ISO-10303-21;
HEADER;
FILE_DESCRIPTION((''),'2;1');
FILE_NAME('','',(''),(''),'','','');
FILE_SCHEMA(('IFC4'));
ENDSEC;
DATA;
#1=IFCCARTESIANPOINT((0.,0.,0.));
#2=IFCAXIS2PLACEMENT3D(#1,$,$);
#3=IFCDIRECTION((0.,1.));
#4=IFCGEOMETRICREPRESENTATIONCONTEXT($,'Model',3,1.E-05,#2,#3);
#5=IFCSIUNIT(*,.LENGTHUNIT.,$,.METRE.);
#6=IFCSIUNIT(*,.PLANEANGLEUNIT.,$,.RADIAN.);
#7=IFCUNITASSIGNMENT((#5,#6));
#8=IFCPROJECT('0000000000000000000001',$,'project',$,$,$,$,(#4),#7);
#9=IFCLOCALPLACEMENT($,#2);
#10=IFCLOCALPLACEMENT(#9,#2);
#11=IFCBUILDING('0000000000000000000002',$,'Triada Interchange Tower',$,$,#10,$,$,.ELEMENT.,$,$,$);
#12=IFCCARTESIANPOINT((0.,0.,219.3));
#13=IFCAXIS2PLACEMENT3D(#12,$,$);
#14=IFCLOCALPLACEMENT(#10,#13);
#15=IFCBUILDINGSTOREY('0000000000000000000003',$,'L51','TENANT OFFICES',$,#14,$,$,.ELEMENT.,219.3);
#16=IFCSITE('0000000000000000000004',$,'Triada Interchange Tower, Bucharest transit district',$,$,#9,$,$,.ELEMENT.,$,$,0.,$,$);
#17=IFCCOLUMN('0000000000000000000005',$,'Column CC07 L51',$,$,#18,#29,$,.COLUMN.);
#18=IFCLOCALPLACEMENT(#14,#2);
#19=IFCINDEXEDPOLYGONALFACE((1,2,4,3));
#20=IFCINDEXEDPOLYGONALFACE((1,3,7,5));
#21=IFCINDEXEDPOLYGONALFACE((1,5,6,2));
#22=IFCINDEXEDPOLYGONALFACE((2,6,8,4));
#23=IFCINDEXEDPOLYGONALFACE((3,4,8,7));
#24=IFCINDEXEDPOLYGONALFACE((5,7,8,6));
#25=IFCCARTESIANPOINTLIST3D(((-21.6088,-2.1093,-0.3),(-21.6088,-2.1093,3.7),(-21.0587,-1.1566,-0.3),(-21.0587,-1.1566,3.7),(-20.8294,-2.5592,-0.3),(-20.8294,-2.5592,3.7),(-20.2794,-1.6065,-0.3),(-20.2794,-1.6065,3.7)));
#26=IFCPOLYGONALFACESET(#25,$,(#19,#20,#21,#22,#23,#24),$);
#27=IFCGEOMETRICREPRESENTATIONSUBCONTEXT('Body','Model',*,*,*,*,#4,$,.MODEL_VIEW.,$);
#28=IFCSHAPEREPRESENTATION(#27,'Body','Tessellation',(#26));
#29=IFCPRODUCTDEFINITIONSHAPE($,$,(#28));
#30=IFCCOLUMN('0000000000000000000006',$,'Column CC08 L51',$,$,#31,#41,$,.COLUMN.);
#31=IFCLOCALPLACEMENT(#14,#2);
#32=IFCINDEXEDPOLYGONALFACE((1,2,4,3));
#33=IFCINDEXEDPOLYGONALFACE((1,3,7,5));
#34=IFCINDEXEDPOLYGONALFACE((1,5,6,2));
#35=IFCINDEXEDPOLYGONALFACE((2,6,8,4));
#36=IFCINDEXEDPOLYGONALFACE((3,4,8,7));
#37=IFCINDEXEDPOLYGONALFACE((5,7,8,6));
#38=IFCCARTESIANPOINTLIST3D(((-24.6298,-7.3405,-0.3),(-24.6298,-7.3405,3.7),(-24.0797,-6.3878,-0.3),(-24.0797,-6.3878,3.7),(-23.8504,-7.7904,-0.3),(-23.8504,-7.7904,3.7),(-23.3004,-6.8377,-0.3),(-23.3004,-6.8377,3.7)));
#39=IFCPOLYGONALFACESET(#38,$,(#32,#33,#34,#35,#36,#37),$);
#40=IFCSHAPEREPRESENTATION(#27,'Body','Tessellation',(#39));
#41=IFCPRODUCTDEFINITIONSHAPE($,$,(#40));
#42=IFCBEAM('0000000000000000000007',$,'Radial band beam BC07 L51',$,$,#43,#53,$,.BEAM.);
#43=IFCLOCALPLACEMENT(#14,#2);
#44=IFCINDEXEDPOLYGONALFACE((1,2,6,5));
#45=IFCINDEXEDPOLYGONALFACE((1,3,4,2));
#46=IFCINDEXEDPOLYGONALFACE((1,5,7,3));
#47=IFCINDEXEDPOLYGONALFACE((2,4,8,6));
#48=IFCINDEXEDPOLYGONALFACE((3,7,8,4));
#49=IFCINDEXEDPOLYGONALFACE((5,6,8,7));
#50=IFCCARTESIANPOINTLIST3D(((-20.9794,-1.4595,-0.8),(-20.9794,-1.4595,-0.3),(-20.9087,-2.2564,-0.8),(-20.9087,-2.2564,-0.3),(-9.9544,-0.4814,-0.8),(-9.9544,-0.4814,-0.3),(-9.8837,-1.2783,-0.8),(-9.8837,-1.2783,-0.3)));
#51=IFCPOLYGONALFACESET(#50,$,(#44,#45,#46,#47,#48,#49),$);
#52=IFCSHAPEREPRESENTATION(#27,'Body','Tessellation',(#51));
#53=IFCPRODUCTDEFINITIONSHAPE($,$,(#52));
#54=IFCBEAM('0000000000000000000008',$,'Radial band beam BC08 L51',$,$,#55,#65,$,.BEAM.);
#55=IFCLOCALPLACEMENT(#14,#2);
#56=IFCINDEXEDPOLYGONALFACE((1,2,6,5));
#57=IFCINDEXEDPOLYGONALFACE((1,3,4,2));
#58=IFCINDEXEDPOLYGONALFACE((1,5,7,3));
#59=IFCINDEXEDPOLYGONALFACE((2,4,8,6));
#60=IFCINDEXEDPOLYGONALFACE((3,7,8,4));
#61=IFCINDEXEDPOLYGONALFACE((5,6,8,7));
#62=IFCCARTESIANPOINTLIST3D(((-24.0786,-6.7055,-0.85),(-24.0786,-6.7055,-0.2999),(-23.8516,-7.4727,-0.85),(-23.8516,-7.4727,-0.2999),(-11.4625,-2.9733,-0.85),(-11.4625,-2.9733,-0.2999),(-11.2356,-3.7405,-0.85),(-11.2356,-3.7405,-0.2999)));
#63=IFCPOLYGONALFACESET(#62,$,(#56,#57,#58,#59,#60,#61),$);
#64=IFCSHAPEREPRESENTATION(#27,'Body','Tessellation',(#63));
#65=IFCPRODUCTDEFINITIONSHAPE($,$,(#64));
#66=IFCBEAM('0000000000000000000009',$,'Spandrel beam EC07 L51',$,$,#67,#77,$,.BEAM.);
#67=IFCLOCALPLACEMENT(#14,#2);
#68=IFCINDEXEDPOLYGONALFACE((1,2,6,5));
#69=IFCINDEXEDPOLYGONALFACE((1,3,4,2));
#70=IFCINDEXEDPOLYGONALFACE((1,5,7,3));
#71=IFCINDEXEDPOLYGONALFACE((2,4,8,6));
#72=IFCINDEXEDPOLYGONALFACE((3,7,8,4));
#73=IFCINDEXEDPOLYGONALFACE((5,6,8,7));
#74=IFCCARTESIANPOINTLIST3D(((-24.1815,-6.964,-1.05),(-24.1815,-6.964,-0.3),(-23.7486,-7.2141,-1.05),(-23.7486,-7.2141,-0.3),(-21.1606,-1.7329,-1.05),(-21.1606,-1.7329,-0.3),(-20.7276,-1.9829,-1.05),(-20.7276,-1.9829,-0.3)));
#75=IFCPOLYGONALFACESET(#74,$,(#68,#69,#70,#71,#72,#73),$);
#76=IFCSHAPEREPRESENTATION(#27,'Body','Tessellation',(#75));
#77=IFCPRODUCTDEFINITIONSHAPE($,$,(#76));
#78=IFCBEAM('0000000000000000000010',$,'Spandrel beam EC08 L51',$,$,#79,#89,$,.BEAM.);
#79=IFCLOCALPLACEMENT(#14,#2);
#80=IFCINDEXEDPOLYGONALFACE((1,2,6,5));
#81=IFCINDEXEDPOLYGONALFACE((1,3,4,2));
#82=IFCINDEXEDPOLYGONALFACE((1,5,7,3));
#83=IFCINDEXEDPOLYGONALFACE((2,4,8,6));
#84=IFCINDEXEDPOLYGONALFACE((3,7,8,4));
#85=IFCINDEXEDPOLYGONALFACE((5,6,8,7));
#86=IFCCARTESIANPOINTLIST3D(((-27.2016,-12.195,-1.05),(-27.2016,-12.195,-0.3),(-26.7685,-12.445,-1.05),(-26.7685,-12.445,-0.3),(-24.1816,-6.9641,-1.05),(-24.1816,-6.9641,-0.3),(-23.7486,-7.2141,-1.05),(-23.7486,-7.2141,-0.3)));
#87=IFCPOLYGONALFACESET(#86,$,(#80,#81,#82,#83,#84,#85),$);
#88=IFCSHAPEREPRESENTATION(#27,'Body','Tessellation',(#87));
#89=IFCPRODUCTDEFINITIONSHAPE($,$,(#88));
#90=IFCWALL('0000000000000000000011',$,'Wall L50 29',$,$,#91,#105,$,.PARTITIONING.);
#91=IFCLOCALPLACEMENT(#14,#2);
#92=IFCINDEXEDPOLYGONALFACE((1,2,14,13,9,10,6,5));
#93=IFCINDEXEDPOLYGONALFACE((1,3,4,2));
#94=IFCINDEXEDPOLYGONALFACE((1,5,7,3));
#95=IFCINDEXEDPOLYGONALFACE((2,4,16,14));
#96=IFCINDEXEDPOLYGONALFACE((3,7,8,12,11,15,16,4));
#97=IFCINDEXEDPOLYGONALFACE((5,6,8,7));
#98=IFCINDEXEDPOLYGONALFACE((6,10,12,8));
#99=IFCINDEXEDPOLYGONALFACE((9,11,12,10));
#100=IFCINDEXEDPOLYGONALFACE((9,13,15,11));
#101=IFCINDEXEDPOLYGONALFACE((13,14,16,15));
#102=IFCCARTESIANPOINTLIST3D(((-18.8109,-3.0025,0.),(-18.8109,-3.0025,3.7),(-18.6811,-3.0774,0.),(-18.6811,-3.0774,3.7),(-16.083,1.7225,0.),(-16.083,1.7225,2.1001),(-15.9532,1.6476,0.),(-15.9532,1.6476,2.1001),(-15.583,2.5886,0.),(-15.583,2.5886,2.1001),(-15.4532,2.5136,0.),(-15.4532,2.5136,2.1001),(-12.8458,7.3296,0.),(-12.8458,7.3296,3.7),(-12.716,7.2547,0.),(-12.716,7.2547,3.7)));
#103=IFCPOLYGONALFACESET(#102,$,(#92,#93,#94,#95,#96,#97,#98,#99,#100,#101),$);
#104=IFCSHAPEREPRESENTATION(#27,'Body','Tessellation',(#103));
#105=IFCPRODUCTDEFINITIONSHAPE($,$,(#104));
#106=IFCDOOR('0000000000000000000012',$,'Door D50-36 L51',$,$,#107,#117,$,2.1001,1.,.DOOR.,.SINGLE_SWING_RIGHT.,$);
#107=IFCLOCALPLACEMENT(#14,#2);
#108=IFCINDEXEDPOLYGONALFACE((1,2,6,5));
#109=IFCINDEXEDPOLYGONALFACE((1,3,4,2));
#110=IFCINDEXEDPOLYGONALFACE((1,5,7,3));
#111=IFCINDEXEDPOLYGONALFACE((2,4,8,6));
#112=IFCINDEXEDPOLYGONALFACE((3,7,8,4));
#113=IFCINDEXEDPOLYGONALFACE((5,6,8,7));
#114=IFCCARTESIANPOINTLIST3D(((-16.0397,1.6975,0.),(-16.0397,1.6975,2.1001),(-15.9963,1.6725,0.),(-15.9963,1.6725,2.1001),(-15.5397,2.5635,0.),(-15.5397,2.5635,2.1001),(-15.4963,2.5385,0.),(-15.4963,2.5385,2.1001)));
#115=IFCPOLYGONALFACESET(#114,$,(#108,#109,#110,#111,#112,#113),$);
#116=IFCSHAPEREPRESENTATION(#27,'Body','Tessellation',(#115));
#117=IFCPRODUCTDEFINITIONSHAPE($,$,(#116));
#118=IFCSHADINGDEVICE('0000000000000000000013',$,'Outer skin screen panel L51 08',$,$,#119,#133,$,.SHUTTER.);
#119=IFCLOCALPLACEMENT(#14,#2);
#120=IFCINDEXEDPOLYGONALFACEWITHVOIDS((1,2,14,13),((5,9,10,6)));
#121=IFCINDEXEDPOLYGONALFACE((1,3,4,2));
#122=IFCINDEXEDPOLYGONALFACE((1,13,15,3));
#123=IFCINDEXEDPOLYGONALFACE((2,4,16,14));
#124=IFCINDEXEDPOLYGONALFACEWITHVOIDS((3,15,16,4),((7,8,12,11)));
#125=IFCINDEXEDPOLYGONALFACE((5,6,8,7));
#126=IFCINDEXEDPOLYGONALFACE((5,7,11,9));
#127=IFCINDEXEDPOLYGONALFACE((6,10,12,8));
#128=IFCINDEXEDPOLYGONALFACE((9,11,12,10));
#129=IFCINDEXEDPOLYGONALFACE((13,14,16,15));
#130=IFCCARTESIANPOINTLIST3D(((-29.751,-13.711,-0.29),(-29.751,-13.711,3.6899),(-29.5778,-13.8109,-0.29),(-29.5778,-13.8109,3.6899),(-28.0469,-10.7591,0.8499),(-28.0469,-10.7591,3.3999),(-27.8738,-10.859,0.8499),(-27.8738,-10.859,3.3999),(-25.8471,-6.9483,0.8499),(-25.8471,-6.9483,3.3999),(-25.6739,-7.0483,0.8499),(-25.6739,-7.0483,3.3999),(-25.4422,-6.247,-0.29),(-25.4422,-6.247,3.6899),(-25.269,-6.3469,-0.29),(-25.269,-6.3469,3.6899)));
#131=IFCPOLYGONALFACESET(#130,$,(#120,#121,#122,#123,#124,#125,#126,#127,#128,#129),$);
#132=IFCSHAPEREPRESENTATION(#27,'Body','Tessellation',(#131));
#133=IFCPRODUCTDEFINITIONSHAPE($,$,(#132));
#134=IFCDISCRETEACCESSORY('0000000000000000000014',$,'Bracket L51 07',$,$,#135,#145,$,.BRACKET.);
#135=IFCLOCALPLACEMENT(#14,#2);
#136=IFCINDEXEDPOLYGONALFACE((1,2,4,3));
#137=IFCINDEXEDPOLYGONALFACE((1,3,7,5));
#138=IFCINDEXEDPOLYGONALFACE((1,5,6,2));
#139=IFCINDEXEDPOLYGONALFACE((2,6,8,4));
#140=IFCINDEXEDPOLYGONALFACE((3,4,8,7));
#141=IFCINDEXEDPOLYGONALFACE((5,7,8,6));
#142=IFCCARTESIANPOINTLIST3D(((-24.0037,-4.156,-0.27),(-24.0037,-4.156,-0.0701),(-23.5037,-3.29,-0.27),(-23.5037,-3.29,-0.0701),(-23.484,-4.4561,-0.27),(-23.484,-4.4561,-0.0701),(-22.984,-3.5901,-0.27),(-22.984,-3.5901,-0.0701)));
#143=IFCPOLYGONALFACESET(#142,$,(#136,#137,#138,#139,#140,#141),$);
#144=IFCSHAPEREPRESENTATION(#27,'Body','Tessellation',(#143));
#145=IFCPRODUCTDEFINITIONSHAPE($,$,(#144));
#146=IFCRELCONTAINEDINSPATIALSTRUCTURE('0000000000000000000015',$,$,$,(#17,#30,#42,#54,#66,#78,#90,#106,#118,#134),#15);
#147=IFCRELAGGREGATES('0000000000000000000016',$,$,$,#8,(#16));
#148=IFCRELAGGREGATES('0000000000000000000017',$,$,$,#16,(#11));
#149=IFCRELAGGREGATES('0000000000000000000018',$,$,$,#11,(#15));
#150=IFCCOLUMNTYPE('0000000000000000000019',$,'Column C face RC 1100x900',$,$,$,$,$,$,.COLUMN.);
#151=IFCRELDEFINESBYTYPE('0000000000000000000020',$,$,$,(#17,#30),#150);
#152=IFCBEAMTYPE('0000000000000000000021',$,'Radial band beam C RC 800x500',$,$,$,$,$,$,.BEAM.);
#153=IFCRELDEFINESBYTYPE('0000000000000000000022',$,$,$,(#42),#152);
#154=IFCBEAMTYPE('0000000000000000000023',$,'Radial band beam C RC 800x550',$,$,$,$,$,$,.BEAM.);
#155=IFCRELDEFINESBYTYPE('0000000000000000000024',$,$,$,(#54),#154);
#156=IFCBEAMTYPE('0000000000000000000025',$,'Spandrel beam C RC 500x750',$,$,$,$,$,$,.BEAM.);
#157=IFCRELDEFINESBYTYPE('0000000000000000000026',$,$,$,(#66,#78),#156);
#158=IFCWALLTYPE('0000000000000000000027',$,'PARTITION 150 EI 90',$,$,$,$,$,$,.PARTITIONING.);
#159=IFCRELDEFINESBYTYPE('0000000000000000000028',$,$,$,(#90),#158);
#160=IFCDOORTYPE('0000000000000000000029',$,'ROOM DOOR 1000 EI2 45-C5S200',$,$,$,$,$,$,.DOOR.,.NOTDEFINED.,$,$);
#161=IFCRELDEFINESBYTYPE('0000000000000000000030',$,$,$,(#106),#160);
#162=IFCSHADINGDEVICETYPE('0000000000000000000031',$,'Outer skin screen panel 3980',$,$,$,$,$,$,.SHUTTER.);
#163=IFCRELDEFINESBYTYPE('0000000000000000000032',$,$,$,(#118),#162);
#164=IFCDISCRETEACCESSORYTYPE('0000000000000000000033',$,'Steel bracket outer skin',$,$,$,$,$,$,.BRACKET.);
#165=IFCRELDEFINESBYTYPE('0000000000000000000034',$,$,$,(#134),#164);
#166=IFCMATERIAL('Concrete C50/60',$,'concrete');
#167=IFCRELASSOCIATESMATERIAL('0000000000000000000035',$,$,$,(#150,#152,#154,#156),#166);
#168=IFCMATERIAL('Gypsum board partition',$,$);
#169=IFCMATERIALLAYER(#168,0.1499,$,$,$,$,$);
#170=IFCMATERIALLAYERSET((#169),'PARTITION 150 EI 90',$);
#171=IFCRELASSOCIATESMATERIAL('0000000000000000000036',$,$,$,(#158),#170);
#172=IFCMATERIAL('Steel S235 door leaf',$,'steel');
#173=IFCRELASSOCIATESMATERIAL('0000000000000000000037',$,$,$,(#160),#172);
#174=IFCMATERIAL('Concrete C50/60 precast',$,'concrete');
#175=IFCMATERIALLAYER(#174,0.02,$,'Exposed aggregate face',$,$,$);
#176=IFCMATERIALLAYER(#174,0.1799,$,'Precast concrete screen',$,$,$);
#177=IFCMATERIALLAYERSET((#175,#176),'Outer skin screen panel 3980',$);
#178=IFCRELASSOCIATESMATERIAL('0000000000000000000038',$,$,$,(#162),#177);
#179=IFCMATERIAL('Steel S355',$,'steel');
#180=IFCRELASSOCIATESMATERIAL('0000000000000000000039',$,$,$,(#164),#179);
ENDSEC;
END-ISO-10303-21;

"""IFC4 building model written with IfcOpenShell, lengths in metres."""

from ifc_helpers import new_model, si_unit, direction, frame, frame_2d, origin, origin_2d, place, context, subcontext, project, spatial, polyline, rectangle, outline, extrude, material, layer, layer_set, material_profile, profile_set, type_object, element, fill, save


model = new_model("IFC4")

# Units and contexts
model_context = context("Model", 3, precision=1e-05, world=origin(), true_north=direction((0.0, 1.0)))
body_context = subcontext(model_context, "Body", "Model", "MODEL_VIEW")
ifc_project = project(units=[si_unit("LENGTHUNIT", "METRE"), si_unit("PLANEANGLEUNIT", "RADIAN")], contexts=[model_context])

# Site, building, storey
site_placement = place(None, origin())
site = spatial("IfcSite", under=ifc_project, at=site_placement, Name="Triada Interchange Tower, Bucharest transit district", CompositionType="ELEMENT", RefElevation=0.0)
building_placement = place(site_placement, origin())
building = spatial("IfcBuilding", under=site, at=building_placement, Name="Triada Interchange Tower", CompositionType="ELEMENT")
storey_placement = place(building_placement, frame((0.0, 0.0, 219.3)))
storey = spatial("IfcBuildingStorey", under=building, at=storey_placement, Name="L51", Description="TENANT OFFICES", CompositionType="ELEMENT", Elevation=219.3)

# Columns
ifc_material_1 = material(Name="Concrete C50/60", Category="concrete")
ifc_material_profile_1 = material_profile(ifc_material_1, rectangle(XDim=1.1001, YDim=0.8999, at=origin_2d()), Name="RC 1100x900")
ifc_profile_set_1 = profile_set([ifc_material_profile_1], Name="Concrete C50/60")
column_type = type_object("IfcColumnType", Name="Column C face RC 1100x900", PredefinedType="COLUMN", material=ifc_profile_set_1)
for number, where, z_axis, x_axis, name in (
    (1, (-20.9441, -1.8579, -0.3), (0.0, 0.0, 1.0), (0.5, 0.866025, 0.0), "Column CC07 L51"),
    (2, (-23.9651, -7.0891, -0.3), (0.0, 0.0, 1.0), (0.5, 0.866025, 0.0), "Column CC08 L51"),
):
    element("IfcColumn", number, at=place(storey_placement, frame(where, z_axis=z_axis, x_axis=x_axis)), inside=storey, type_object=column_type, Name=name, PredefinedType="COLUMN", context=body_context, shape_type="SweptSolid", body=[
        extrude(rectangle(XDim=1.1001, YDim=0.8999, at=origin_2d()), origin(), (0.0, 0.0, 1.0), 4.0),
    ])

# Beams
ifc_material_profile_2 = material_profile(ifc_material_1, rectangle(XDim=0.8, YDim=0.5, at=origin_2d()), Name="RC 800x500")
ifc_profile_set_2 = profile_set([ifc_material_profile_2], Name="Concrete C50/60")
beam_type_1 = type_object("IfcBeamType", Name="Radial band beam C RC 800x500", PredefinedType="BEAM", material=ifc_profile_set_2)
beam_1_placement = place(storey_placement, frame((-20.9441, -1.8579, -0.55), z_axis=(0.996088, 0.088362, 0.0), x_axis=(-0.088362, 0.996088, 0.0)))
element("IfcBeam", 3, at=beam_1_placement, inside=storey, type_object=beam_type_1, Name="Radial band beam BC07 L51", PredefinedType="BEAM", context=body_context, shape_type="SweptSolid", body=[
    extrude(rectangle(XDim=0.8, YDim=0.5, at=origin_2d()), origin(), (0.0, 0.0, 1.0), 11.0684),
])
ifc_material_profile_3 = material_profile(ifc_material_1, rectangle(XDim=0.8, YDim=0.55, at=origin_2d()), Name="RC 800x550")
ifc_profile_set_3 = profile_set([ifc_material_profile_3], Name="Concrete C50/60")
beam_type_2 = type_object("IfcBeamType", Name="Radial band beam C RC 800x550", PredefinedType="BEAM", material=ifc_profile_set_3)
beam_2_placement = place(storey_placement, frame((-23.9651, -7.0891, -0.575), z_axis=(0.95892, 0.283677, 0.0), x_axis=(-0.283677, 0.95892, 0.0)))
element("IfcBeam", 4, at=beam_2_placement, inside=storey, type_object=beam_type_2, Name="Radial band beam BC08 L51", PredefinedType="BEAM", context=body_context, shape_type="SweptSolid", body=[
    extrude(rectangle(XDim=0.8, YDim=0.55, at=origin_2d()), origin(), (0.0, 0.0, 1.0), 13.1565),
])
ifc_material_profile_4 = material_profile(ifc_material_1, rectangle(XDim=0.5, YDim=0.75, at=origin_2d()), Name="RC 500x750")
ifc_profile_set_4 = profile_set([ifc_material_profile_4], Name="Concrete C50/60")
beam_type_3 = type_object("IfcBeamType", Name="Spandrel beam C RC 500x750", PredefinedType="BEAM", material=ifc_profile_set_4)
beam_3_placement = place(storey_placement, frame((-20.9441, -1.8579, -0.675), z_axis=(-0.500094, -0.865971, 0.0), x_axis=(0.865971, -0.500094, 0.0)))
element("IfcBeam", 5, at=beam_3_placement, inside=storey, type_object=beam_type_3, Name="Spandrel beam EC07 L51", PredefinedType="BEAM", context=body_context, shape_type="SweptSolid", body=[
    extrude(rectangle(XDim=0.5, YDim=0.75, at=origin_2d()), origin(), (0.0, 0.0, 1.0), 6.0408),
])
beam_4_placement = place(storey_placement, frame((-23.9651, -7.0891, -0.675), z_axis=(-0.499991, -0.866031, 0.0), x_axis=(0.866031, -0.499991, 0.0)))
element("IfcBeam", 6, at=beam_4_placement, inside=storey, type_object=beam_type_3, Name="Spandrel beam EC08 L51", PredefinedType="BEAM", context=body_context, shape_type="SweptSolid", body=[
    extrude(rectangle(XDim=0.5, YDim=0.75, at=origin_2d()), origin(), (0.0, 0.0, 1.0), 6.04),
])

# Wall, opening, door
ifc_material_2 = material(Name="Gypsum board partition")
ifc_layer_1 = layer(ifc_material_2, 0.1499)
ifc_layer_set_1 = layer_set([ifc_layer_1], Name="PARTITION 150 EI 90")
wall_type = type_object("IfcWallType", Name="PARTITION 150 EI 90", PredefinedType="PARTITIONING", material=ifc_layer_set_1)
wall_placement = place(storey_placement, frame((-18.7461, -3.04, 0.0), z_axis=(0.0, 0.0, 1.0), x_axis=(0.499993, 0.86603, 0.0)))
wall = element("IfcWall", 7, at=wall_placement, inside=storey, type_object=wall_type, Name="Wall L50 29", PredefinedType="PARTITIONING", context=body_context, shape_type="SweptSolid", body=[
    extrude(rectangle(XDim=11.9304, YDim=0.1499, at=frame_2d((5.9653, 0.0))), origin(), (0.0, 0.0, 1.0), 3.7),
])
opening_placement = place(wall_placement, frame((5.4561, 0.0, 0.0)))
opening = element("IfcOpeningElement", 8, at=opening_placement, cuts=wall, PredefinedType="OPENING", context=body_context, shape_type="SweptSolid", body=[
    extrude(rectangle(XDim=1.0, YDim=2.1001, at=frame_2d((0.5, 1.05))), frame((0.0, 0.085, 0.0), z_axis=(0.0, -1.0, 0.0), x_axis=(1.0, 0.0, 0.0)), (0.0, 0.0, 1.0), 0.1699),
])
ifc_material_3 = material(Name="Steel S235 door leaf", Category="steel")
door_type = type_object("IfcDoorType", Name="ROOM DOOR 1000 EI2 45-C5S200", OperationType="NOTDEFINED", PredefinedType="DOOR", material=ifc_material_3)
door_placement = place(opening_placement, origin())
door = element("IfcDoor", 9, at=door_placement, inside=storey, type_object=door_type, Name="Door D50-36 L51", OperationType="SINGLE_SWING_RIGHT", OverallHeight=2.1001, OverallWidth=1.0, PredefinedType="DOOR", context=body_context, shape_type="SweptSolid", body=[
    extrude(rectangle(XDim=1.0, YDim=2.1001, at=frame_2d((0.5, 1.05))), frame((0.0, 0.0249, 0.0), z_axis=(0.0, -1.0, 0.0), x_axis=(1.0, 0.0, 0.0)), (0.0, 0.0, 1.0), 0.05),
])
fill(opening, door)

# Shading device
ifc_material_4 = material(Name="Concrete C50/60 precast", Category="concrete")
ifc_layer_2 = layer(ifc_material_4, 0.02, Name="Exposed aggregate face")
ifc_layer_3 = layer(ifc_material_4, 0.1799, Name="Precast concrete screen")
ifc_layer_set_2 = layer_set([ifc_layer_2, ifc_layer_3], Name="Outer skin screen panel 3980")
shading_device_type = type_object("IfcShadingDeviceType", Name="Outer skin screen panel 3980", PredefinedType="SHUTTER", material=ifc_layer_set_2)
shading_device_placement = place(storey_placement, frame((-25.269, -6.3469, -0.29), z_axis=(0.0, 0.0, 1.0), x_axis=(-0.499951, -0.866054, 0.0)))
element("IfcShadingDevice", 10, at=shading_device_placement, inside=storey, type_object=shading_device_type, Name="Outer skin screen panel L51 08", PredefinedType="SHUTTER", context=body_context, shape_type="SweptSolid", body=[
    extrude(outline(polyline([(0.0, 0.0), (8.6184, 0.0), (8.6184, 3.98), (0.0, 3.98), (0.0, 0.0)]), holes=[polyline([(0.8098, 1.1399), (0.8098, 3.6899), (5.21, 3.6899), (5.21, 1.1399), (0.8098, 1.1399)])]), frame((0.0, 0.0, 0.0), z_axis=(0.0, -1.0, 0.0), x_axis=(1.0, 0.0, 0.0)), (0.0, 0.0, 1.0), 0.2),
])

# Discrete accessory
ifc_material_5 = material(Name="Steel S355", Category="steel")
discrete_accessory_type = type_object("IfcDiscreteAccessoryType", Name="Steel bracket outer skin", PredefinedType="BRACKET", material=ifc_material_5)
discrete_accessory_placement = place(storey_placement, frame((-23.4939, -3.873, -0.27), z_axis=(0.0, 0.0, 1.0), x_axis=(-0.866025, 0.500001, 0.0)))
element("IfcDiscreteAccessory", 11, at=discrete_accessory_placement, inside=storey, type_object=discrete_accessory_type, Name="Bracket L51 07", PredefinedType="BRACKET", context=body_context, shape_type="SweptSolid", body=[
    extrude(rectangle(XDim=0.6001, YDim=1.0, at=origin_2d()), origin(), (0.0, 0.0, 1.0), 0.2),
])

save(model, "model.ifc")
